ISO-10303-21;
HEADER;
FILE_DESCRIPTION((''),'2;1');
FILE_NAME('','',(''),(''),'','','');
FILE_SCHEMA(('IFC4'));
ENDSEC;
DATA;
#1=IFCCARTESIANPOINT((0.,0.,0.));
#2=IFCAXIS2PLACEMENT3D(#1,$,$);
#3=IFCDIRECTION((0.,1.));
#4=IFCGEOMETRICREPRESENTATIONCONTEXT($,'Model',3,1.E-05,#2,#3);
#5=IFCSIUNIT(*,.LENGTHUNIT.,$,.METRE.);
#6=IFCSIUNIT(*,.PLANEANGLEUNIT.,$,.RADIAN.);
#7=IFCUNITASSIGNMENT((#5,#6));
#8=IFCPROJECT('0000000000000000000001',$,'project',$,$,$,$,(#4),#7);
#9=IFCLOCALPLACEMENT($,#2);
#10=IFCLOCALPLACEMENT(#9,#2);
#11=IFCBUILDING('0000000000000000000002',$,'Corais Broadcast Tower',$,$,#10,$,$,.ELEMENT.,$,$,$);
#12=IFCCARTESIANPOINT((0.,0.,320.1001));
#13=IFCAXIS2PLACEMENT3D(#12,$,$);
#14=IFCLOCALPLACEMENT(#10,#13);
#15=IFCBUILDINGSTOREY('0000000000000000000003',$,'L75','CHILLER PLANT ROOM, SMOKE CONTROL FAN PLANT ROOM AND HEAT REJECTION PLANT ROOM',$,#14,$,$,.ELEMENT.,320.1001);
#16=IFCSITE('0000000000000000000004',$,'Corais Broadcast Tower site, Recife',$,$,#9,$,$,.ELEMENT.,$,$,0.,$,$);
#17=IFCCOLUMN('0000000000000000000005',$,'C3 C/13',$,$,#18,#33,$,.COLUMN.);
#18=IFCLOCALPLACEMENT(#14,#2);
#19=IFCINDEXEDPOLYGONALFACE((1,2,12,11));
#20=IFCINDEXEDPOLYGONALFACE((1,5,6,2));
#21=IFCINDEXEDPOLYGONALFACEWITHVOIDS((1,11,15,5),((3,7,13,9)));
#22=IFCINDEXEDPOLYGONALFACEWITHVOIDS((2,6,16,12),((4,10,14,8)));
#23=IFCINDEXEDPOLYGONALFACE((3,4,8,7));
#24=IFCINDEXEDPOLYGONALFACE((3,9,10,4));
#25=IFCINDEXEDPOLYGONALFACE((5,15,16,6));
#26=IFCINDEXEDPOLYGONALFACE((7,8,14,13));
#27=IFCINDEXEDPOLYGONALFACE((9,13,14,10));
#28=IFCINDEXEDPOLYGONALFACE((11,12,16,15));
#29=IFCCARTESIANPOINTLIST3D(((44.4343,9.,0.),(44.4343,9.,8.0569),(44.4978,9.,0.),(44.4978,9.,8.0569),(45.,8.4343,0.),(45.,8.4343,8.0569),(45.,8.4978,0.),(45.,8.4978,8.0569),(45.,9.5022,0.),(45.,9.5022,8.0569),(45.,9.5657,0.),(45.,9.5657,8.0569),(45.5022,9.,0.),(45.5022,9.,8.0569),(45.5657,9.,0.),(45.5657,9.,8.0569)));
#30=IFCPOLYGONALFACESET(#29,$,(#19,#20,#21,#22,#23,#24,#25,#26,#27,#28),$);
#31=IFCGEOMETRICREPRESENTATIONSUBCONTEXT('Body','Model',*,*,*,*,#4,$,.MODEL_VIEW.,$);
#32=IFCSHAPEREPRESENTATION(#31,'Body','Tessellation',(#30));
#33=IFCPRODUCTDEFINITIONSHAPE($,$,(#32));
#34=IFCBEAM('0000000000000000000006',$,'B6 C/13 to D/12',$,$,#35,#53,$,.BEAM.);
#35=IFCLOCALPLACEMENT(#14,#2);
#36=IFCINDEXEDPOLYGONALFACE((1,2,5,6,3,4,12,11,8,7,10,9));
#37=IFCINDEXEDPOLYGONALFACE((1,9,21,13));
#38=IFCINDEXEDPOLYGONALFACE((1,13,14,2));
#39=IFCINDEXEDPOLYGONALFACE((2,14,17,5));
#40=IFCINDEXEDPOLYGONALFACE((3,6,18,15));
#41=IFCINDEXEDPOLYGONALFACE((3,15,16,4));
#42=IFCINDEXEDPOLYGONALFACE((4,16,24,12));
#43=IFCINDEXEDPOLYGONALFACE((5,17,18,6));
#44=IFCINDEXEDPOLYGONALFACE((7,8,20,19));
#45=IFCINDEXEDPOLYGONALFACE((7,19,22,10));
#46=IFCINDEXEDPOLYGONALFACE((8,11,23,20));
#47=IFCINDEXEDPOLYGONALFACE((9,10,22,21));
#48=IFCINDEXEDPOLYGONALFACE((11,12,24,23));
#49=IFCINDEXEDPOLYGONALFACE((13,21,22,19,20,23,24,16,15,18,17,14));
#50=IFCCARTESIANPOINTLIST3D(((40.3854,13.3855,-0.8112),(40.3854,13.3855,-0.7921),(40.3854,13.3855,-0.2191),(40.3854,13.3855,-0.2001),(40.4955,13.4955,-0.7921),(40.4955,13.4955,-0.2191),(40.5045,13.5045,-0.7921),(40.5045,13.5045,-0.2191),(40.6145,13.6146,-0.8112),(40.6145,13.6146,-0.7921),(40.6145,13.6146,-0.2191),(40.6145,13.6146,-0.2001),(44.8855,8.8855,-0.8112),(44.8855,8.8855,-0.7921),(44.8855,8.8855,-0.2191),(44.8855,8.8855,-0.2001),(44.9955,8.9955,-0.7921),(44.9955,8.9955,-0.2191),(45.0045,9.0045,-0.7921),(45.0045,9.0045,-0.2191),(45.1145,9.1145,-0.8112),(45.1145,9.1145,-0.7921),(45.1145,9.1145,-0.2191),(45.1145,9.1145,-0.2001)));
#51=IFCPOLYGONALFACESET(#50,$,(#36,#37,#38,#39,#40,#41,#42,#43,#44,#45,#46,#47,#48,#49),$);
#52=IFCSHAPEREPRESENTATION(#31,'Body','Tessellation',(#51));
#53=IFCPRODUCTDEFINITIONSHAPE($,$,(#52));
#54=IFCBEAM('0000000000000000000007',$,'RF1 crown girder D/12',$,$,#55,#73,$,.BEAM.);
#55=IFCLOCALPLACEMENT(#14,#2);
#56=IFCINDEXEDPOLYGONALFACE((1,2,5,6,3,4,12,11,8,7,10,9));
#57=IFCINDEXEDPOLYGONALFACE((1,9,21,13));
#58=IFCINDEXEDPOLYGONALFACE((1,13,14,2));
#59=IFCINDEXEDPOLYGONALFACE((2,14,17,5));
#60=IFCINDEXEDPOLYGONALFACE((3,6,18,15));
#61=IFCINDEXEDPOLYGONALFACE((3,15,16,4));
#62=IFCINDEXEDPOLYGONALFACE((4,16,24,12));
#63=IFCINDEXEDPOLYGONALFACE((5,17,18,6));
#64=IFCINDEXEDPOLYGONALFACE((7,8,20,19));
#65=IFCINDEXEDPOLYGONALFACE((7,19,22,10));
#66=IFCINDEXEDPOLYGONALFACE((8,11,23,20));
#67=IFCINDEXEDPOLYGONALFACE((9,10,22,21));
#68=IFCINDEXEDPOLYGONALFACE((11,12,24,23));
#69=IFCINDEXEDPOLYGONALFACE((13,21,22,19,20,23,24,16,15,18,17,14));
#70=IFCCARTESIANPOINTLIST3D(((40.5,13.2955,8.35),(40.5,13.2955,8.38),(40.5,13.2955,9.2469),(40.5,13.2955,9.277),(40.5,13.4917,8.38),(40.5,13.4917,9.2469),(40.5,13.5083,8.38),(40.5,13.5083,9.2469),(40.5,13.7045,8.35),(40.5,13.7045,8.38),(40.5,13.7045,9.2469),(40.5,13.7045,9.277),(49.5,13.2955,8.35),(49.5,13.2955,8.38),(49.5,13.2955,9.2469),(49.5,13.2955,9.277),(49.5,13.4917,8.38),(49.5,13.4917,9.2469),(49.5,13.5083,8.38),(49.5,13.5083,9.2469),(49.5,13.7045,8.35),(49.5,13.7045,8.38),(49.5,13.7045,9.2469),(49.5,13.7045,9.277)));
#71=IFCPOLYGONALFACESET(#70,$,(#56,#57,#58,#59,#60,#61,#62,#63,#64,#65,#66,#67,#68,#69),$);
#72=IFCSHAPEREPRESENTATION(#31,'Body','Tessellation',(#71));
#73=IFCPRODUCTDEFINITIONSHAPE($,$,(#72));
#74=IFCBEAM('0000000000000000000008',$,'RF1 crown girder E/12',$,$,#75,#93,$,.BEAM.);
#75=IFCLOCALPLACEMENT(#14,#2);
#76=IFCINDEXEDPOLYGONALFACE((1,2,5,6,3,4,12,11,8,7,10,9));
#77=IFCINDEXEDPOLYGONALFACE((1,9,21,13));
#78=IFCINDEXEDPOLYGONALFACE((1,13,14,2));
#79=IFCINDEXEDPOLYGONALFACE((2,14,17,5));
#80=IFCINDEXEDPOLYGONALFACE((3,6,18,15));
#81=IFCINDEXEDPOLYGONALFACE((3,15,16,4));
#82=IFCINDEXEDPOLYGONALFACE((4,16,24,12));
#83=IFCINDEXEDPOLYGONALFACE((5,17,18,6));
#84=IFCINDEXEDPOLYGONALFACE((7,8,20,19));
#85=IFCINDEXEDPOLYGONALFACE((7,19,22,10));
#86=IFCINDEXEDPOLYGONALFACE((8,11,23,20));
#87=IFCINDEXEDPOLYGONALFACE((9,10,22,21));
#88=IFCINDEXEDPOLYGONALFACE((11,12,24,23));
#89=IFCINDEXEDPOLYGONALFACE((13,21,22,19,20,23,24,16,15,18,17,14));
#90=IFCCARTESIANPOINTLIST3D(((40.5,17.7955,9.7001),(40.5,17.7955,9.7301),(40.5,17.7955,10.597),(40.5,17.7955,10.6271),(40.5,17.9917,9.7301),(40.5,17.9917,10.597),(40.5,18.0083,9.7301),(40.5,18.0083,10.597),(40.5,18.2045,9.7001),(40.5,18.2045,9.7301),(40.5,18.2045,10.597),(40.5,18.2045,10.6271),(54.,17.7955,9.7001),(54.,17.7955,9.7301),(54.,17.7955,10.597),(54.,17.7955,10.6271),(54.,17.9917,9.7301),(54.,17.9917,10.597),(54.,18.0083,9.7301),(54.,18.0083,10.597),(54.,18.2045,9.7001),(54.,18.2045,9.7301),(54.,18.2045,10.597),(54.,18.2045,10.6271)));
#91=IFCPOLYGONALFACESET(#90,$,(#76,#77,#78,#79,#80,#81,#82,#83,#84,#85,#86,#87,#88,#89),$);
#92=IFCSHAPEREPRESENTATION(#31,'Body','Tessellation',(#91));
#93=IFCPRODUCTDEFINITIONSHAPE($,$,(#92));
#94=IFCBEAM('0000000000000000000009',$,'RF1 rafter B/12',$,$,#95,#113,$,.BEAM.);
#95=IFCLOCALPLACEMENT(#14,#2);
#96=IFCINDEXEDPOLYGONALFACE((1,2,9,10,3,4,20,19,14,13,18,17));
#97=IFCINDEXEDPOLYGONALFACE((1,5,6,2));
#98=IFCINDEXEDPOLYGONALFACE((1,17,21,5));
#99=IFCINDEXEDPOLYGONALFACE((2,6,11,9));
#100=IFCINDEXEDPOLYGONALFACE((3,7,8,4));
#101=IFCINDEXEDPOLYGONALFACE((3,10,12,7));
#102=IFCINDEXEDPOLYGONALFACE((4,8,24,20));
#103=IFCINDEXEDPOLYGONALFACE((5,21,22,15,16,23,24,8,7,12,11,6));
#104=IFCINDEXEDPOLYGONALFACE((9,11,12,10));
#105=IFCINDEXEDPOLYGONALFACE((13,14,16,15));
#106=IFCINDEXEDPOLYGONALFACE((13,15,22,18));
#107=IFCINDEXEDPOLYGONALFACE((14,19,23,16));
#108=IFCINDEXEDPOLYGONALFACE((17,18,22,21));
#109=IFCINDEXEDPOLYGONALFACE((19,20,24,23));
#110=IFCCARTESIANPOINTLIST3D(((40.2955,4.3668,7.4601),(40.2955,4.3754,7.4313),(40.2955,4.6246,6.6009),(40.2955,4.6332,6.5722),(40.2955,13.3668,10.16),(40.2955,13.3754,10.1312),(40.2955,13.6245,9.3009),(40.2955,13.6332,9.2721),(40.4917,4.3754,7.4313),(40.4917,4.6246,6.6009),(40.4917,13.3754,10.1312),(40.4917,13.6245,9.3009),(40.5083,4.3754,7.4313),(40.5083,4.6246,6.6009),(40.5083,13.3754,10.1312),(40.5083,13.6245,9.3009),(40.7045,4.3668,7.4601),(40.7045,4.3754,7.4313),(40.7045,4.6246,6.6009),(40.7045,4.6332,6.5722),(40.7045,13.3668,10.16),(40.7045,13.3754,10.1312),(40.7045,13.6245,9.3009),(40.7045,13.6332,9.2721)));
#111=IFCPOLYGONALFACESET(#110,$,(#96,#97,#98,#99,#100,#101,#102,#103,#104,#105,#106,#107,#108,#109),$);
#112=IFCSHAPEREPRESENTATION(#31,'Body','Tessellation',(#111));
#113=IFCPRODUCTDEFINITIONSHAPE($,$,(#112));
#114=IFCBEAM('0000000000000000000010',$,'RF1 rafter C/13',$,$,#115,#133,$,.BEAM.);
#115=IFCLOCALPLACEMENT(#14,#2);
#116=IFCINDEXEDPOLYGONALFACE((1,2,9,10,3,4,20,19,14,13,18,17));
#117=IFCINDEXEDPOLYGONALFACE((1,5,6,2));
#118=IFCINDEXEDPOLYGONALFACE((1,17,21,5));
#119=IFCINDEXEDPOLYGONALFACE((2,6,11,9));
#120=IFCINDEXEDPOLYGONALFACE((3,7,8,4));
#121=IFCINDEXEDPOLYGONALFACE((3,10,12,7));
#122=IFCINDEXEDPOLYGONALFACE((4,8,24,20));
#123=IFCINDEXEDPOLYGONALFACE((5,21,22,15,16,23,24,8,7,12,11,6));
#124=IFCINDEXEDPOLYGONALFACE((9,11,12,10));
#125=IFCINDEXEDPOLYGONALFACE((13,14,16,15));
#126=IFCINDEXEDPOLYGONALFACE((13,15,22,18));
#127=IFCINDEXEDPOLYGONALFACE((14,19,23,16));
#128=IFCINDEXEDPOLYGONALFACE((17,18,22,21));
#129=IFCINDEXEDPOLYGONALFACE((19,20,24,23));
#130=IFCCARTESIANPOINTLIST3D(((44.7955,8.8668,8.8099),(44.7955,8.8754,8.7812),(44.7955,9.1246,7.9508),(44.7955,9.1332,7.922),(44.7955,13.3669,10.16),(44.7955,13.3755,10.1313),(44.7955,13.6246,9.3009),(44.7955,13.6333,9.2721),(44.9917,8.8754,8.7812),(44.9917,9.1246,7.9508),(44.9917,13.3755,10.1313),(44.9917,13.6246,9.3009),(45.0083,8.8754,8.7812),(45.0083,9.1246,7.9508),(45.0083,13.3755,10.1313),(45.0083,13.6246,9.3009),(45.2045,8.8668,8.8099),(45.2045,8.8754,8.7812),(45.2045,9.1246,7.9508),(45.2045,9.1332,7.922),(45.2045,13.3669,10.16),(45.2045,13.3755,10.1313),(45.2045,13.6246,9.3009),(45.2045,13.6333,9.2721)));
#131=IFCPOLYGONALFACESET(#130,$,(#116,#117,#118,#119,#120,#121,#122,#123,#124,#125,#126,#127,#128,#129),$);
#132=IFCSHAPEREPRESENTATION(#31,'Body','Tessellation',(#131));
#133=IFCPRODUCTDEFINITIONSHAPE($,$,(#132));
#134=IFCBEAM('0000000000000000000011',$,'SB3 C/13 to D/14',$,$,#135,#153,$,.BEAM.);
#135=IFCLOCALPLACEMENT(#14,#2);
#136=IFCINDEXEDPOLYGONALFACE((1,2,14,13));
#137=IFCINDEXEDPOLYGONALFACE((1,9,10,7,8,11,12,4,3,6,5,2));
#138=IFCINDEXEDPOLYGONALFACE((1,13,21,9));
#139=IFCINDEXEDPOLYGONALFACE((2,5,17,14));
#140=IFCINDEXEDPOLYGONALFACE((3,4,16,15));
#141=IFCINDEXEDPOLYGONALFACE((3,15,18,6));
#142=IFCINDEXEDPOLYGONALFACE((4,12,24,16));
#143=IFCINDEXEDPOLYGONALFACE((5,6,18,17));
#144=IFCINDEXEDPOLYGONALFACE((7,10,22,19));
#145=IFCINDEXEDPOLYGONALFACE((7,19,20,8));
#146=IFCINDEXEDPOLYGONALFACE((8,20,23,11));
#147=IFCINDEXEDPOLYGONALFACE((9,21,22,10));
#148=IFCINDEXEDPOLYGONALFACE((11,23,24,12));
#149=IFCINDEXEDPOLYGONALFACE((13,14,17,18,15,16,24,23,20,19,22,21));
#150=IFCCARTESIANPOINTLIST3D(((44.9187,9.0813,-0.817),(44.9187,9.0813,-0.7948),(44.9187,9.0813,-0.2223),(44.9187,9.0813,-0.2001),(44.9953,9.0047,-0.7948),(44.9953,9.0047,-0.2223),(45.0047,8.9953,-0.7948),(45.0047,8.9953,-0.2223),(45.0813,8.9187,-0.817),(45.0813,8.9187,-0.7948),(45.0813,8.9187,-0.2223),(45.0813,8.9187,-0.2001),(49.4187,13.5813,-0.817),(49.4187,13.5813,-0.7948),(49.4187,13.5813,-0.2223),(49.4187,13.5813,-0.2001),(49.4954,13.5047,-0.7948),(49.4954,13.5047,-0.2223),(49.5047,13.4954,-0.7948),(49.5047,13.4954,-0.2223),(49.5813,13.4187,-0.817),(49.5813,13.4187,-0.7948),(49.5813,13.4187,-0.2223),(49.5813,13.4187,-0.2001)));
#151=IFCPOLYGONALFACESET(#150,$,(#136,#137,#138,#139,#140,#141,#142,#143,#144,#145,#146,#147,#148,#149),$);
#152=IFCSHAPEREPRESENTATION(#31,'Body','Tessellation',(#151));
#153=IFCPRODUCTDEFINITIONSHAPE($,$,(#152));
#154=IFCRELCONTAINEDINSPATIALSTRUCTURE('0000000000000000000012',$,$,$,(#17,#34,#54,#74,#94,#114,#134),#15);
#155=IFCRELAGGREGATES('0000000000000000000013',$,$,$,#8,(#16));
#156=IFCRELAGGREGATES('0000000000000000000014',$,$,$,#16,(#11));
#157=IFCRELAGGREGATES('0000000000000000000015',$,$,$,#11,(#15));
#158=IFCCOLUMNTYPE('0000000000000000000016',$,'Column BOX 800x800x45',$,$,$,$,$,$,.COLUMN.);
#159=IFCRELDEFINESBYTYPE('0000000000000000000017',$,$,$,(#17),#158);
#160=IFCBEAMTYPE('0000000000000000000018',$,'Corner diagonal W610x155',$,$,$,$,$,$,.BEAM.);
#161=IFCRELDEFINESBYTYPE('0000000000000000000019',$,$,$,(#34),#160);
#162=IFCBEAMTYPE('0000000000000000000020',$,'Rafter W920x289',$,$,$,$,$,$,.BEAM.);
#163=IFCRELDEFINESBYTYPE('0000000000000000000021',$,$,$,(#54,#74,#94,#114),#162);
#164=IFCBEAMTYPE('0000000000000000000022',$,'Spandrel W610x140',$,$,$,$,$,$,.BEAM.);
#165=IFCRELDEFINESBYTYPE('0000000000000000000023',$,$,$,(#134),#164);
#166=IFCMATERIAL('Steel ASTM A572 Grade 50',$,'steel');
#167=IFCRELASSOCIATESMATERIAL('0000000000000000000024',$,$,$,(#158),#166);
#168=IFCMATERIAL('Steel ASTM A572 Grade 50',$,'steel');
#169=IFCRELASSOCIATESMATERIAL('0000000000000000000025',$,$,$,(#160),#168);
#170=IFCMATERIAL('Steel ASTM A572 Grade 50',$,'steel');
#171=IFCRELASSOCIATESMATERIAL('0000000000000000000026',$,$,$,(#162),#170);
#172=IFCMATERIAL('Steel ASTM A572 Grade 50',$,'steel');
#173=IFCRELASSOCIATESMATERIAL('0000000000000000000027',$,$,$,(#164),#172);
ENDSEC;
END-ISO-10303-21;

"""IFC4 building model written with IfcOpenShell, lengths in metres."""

from ifc_helpers import new_model, si_unit, direction, frame, origin, origin_2d, place, context, subcontext, project, spatial, hollow_rectangle, i_section, extrude, material, material_profile, profile_set, type_object, element, save


model = new_model("IFC4")

# Units and contexts
model_context = context("Model", 3, precision=1e-05, world=origin(), true_north=direction((0.0, 1.0)))
body_context = subcontext(model_context, "Body", "Model", "MODEL_VIEW")
ifc_project = project(units=[si_unit("LENGTHUNIT", "METRE"), si_unit("PLANEANGLEUNIT", "RADIAN")], contexts=[model_context])

# Site, building, storey
site_placement = place(None, origin())
site = spatial("IfcSite", under=ifc_project, at=site_placement, Name="Corais Broadcast Tower site, Recife", CompositionType="ELEMENT", RefElevation=0.0)
building_placement = place(site_placement, origin())
building = spatial("IfcBuilding", under=site, at=building_placement, Name="Corais Broadcast Tower", CompositionType="ELEMENT")
storey_placement = place(building_placement, frame((0.0, 0.0, 320.1001)))
storey = spatial("IfcBuildingStorey", under=building, at=storey_placement, Name="L75", Description="CHILLER PLANT ROOM, SMOKE CONTROL FAN PLANT ROOM AND HEAT REJECTION PLANT ROOM", CompositionType="ELEMENT", Elevation=320.1001)

# Column
ifc_material_1 = material(Name="Steel ASTM A572 Grade 50", Category="steel")
ifc_material_profile_1 = material_profile(ifc_material_1, hollow_rectangle(XDim=0.8, YDim=0.8, WallThickness=0.0449, at=origin_2d()), Name="BOX 800x800x45")
ifc_profile_set_1 = profile_set([ifc_material_profile_1], Name="Steel ASTM A572 Grade 50")
column_type = type_object("IfcColumnType", Name="Column BOX 800x800x45", PredefinedType="COLUMN", material=ifc_profile_set_1)
column_placement = place(storey_placement, frame((45.0, 9.0, 0.0), z_axis=(0.0, 0.0, 1.0), x_axis=(0.707107, 0.707107, 0.0)))
element("IfcColumn", 1, at=column_placement, inside=storey, type_object=column_type, Name="C3 C/13", PredefinedType="COLUMN", context=body_context, shape_type="SweptSolid", body=[
    extrude(hollow_rectangle(XDim=0.8, YDim=0.8, WallThickness=0.0449, at=origin_2d()), origin(), (0.0, 0.0, 1.0), 8.0569),
])

# Beams
ifc_material_2 = material(Name="Steel ASTM A572 Grade 50", Category="steel")
ifc_material_profile_2 = material_profile(ifc_material_2, i_section(OverallWidth=0.324, OverallDepth=0.6111, WebThickness=0.0127, FlangeThickness=0.019, at=origin_2d()), Name="W610x155")
ifc_profile_set_2 = profile_set([ifc_material_profile_2], Name="Steel ASTM A572 Grade 50")
beam_type_1 = type_object("IfcBeamType", Name="Corner diagonal W610x155", PredefinedType="BEAM", material=ifc_profile_set_2)
beam_1_placement = place(storey_placement, frame((45.0, 9.0, -0.5056), z_axis=(-0.707107, 0.707107, 0.0), x_axis=(-0.707107, -0.707107, 0.0)))
element("IfcBeam", 2, at=beam_1_placement, inside=storey, type_object=beam_type_1, Name="B6 C/13 to D/12", PredefinedType="BEAM", context=body_context, shape_type="SweptSolid", body=[
    extrude(i_section(OverallWidth=0.324, OverallDepth=0.6111, WebThickness=0.0127, FlangeThickness=0.019, at=origin_2d()), origin(), (0.0, 0.0, 1.0), 6.364),
])
ifc_material_3 = material(Name="Steel ASTM A572 Grade 50", Category="steel")
ifc_material_profile_3 = material_profile(ifc_material_3, i_section(OverallWidth=0.4089, OverallDepth=0.927, WebThickness=0.0166, FlangeThickness=0.03, at=origin_2d()), Name="W920x289")
ifc_profile_set_3 = profile_set([ifc_material_profile_3], Name="Steel ASTM A572 Grade 50")
beam_type_2 = type_object("IfcBeamType", Name="Rafter W920x289", PredefinedType="BEAM", material=ifc_profile_set_3)
beam_2_placement = place(storey_placement, frame((40.5, 13.5, 8.8135), z_axis=(1.0, 0.0, 0.0), x_axis=(0.0, 1.0, 0.0)))
element("IfcBeam", 3, at=beam_2_placement, inside=storey, type_object=beam_type_2, Name="RF1 crown girder D/12", PredefinedType="BEAM", context=body_context, shape_type="SweptSolid", body=[
    extrude(i_section(OverallWidth=0.4089, OverallDepth=0.927, WebThickness=0.0166, FlangeThickness=0.03, at=origin_2d()), origin(), (0.0, 0.0, 1.0), 9.0),
])
beam_3_placement = place(storey_placement, frame((40.5, 18.0, 10.1636), z_axis=(1.0, 0.0, 0.0), x_axis=(0.0, 1.0, 0.0)))
element("IfcBeam", 4, at=beam_3_placement, inside=storey, type_object=beam_type_2, Name="RF1 crown girder E/12", PredefinedType="BEAM", context=body_context, shape_type="SweptSolid", body=[
    extrude(i_section(OverallWidth=0.4089, OverallDepth=0.927, WebThickness=0.0166, FlangeThickness=0.03, at=origin_2d()), origin(), (0.0, 0.0, 1.0), 13.5),
])
beam_4_placement = place(storey_placement, frame((40.5, 4.5, 7.0161), z_axis=(0.0, 0.957828, 0.287343), x_axis=(-1.0, 0.0, 0.0)))
element("IfcBeam", 5, at=beam_4_placement, inside=storey, type_object=beam_type_2, Name="RF1 rafter B/12", PredefinedType="BEAM", context=body_context, shape_type="SweptSolid", body=[
    extrude(i_section(OverallWidth=0.4089, OverallDepth=0.927, WebThickness=0.0166, FlangeThickness=0.03, at=origin_2d()), origin(), (0.0, 0.0, 1.0), 9.3962),
])
beam_5_placement = place(storey_placement, frame((45.0, 9.0, 8.366), z_axis=(0.0, 0.957821, 0.287367), x_axis=(-1.0, 0.0, 0.0)))
element("IfcBeam", 6, at=beam_5_placement, inside=storey, type_object=beam_type_2, Name="RF1 rafter C/13", PredefinedType="BEAM", context=body_context, shape_type="SweptSolid", body=[
    extrude(i_section(OverallWidth=0.4089, OverallDepth=0.927, WebThickness=0.0166, FlangeThickness=0.03, at=origin_2d()), origin(), (0.0, 0.0, 1.0), 4.6982),
])
ifc_material_4 = material(Name="Steel ASTM A572 Grade 50", Category="steel")
ifc_material_profile_4 = material_profile(ifc_material_4, i_section(OverallWidth=0.23, OverallDepth=0.6169, WebThickness=0.0132, FlangeThickness=0.0222, at=origin_2d()), Name="W610x140")
ifc_profile_set_4 = profile_set([ifc_material_profile_4], Name="Steel ASTM A572 Grade 50")
beam_type_3 = type_object("IfcBeamType", Name="Spandrel W610x140", PredefinedType="BEAM", material=ifc_profile_set_4)
beam_6_placement = place(storey_placement, frame((45.0, 9.0, -0.5085), z_axis=(0.707107, 0.707107, 0.0), x_axis=(-0.707107, 0.707107, 0.0)))
element("IfcBeam", 7, at=beam_6_placement, inside=storey, type_object=beam_type_3, Name="SB3 C/13 to D/14", PredefinedType="BEAM", context=body_context, shape_type="SweptSolid", body=[
    extrude(i_section(OverallWidth=0.23, OverallDepth=0.6169, WebThickness=0.0132, FlangeThickness=0.0222, at=origin_2d()), origin(), (0.0, 0.0, 1.0), 6.364),
])

save(model, "model.ifc")
